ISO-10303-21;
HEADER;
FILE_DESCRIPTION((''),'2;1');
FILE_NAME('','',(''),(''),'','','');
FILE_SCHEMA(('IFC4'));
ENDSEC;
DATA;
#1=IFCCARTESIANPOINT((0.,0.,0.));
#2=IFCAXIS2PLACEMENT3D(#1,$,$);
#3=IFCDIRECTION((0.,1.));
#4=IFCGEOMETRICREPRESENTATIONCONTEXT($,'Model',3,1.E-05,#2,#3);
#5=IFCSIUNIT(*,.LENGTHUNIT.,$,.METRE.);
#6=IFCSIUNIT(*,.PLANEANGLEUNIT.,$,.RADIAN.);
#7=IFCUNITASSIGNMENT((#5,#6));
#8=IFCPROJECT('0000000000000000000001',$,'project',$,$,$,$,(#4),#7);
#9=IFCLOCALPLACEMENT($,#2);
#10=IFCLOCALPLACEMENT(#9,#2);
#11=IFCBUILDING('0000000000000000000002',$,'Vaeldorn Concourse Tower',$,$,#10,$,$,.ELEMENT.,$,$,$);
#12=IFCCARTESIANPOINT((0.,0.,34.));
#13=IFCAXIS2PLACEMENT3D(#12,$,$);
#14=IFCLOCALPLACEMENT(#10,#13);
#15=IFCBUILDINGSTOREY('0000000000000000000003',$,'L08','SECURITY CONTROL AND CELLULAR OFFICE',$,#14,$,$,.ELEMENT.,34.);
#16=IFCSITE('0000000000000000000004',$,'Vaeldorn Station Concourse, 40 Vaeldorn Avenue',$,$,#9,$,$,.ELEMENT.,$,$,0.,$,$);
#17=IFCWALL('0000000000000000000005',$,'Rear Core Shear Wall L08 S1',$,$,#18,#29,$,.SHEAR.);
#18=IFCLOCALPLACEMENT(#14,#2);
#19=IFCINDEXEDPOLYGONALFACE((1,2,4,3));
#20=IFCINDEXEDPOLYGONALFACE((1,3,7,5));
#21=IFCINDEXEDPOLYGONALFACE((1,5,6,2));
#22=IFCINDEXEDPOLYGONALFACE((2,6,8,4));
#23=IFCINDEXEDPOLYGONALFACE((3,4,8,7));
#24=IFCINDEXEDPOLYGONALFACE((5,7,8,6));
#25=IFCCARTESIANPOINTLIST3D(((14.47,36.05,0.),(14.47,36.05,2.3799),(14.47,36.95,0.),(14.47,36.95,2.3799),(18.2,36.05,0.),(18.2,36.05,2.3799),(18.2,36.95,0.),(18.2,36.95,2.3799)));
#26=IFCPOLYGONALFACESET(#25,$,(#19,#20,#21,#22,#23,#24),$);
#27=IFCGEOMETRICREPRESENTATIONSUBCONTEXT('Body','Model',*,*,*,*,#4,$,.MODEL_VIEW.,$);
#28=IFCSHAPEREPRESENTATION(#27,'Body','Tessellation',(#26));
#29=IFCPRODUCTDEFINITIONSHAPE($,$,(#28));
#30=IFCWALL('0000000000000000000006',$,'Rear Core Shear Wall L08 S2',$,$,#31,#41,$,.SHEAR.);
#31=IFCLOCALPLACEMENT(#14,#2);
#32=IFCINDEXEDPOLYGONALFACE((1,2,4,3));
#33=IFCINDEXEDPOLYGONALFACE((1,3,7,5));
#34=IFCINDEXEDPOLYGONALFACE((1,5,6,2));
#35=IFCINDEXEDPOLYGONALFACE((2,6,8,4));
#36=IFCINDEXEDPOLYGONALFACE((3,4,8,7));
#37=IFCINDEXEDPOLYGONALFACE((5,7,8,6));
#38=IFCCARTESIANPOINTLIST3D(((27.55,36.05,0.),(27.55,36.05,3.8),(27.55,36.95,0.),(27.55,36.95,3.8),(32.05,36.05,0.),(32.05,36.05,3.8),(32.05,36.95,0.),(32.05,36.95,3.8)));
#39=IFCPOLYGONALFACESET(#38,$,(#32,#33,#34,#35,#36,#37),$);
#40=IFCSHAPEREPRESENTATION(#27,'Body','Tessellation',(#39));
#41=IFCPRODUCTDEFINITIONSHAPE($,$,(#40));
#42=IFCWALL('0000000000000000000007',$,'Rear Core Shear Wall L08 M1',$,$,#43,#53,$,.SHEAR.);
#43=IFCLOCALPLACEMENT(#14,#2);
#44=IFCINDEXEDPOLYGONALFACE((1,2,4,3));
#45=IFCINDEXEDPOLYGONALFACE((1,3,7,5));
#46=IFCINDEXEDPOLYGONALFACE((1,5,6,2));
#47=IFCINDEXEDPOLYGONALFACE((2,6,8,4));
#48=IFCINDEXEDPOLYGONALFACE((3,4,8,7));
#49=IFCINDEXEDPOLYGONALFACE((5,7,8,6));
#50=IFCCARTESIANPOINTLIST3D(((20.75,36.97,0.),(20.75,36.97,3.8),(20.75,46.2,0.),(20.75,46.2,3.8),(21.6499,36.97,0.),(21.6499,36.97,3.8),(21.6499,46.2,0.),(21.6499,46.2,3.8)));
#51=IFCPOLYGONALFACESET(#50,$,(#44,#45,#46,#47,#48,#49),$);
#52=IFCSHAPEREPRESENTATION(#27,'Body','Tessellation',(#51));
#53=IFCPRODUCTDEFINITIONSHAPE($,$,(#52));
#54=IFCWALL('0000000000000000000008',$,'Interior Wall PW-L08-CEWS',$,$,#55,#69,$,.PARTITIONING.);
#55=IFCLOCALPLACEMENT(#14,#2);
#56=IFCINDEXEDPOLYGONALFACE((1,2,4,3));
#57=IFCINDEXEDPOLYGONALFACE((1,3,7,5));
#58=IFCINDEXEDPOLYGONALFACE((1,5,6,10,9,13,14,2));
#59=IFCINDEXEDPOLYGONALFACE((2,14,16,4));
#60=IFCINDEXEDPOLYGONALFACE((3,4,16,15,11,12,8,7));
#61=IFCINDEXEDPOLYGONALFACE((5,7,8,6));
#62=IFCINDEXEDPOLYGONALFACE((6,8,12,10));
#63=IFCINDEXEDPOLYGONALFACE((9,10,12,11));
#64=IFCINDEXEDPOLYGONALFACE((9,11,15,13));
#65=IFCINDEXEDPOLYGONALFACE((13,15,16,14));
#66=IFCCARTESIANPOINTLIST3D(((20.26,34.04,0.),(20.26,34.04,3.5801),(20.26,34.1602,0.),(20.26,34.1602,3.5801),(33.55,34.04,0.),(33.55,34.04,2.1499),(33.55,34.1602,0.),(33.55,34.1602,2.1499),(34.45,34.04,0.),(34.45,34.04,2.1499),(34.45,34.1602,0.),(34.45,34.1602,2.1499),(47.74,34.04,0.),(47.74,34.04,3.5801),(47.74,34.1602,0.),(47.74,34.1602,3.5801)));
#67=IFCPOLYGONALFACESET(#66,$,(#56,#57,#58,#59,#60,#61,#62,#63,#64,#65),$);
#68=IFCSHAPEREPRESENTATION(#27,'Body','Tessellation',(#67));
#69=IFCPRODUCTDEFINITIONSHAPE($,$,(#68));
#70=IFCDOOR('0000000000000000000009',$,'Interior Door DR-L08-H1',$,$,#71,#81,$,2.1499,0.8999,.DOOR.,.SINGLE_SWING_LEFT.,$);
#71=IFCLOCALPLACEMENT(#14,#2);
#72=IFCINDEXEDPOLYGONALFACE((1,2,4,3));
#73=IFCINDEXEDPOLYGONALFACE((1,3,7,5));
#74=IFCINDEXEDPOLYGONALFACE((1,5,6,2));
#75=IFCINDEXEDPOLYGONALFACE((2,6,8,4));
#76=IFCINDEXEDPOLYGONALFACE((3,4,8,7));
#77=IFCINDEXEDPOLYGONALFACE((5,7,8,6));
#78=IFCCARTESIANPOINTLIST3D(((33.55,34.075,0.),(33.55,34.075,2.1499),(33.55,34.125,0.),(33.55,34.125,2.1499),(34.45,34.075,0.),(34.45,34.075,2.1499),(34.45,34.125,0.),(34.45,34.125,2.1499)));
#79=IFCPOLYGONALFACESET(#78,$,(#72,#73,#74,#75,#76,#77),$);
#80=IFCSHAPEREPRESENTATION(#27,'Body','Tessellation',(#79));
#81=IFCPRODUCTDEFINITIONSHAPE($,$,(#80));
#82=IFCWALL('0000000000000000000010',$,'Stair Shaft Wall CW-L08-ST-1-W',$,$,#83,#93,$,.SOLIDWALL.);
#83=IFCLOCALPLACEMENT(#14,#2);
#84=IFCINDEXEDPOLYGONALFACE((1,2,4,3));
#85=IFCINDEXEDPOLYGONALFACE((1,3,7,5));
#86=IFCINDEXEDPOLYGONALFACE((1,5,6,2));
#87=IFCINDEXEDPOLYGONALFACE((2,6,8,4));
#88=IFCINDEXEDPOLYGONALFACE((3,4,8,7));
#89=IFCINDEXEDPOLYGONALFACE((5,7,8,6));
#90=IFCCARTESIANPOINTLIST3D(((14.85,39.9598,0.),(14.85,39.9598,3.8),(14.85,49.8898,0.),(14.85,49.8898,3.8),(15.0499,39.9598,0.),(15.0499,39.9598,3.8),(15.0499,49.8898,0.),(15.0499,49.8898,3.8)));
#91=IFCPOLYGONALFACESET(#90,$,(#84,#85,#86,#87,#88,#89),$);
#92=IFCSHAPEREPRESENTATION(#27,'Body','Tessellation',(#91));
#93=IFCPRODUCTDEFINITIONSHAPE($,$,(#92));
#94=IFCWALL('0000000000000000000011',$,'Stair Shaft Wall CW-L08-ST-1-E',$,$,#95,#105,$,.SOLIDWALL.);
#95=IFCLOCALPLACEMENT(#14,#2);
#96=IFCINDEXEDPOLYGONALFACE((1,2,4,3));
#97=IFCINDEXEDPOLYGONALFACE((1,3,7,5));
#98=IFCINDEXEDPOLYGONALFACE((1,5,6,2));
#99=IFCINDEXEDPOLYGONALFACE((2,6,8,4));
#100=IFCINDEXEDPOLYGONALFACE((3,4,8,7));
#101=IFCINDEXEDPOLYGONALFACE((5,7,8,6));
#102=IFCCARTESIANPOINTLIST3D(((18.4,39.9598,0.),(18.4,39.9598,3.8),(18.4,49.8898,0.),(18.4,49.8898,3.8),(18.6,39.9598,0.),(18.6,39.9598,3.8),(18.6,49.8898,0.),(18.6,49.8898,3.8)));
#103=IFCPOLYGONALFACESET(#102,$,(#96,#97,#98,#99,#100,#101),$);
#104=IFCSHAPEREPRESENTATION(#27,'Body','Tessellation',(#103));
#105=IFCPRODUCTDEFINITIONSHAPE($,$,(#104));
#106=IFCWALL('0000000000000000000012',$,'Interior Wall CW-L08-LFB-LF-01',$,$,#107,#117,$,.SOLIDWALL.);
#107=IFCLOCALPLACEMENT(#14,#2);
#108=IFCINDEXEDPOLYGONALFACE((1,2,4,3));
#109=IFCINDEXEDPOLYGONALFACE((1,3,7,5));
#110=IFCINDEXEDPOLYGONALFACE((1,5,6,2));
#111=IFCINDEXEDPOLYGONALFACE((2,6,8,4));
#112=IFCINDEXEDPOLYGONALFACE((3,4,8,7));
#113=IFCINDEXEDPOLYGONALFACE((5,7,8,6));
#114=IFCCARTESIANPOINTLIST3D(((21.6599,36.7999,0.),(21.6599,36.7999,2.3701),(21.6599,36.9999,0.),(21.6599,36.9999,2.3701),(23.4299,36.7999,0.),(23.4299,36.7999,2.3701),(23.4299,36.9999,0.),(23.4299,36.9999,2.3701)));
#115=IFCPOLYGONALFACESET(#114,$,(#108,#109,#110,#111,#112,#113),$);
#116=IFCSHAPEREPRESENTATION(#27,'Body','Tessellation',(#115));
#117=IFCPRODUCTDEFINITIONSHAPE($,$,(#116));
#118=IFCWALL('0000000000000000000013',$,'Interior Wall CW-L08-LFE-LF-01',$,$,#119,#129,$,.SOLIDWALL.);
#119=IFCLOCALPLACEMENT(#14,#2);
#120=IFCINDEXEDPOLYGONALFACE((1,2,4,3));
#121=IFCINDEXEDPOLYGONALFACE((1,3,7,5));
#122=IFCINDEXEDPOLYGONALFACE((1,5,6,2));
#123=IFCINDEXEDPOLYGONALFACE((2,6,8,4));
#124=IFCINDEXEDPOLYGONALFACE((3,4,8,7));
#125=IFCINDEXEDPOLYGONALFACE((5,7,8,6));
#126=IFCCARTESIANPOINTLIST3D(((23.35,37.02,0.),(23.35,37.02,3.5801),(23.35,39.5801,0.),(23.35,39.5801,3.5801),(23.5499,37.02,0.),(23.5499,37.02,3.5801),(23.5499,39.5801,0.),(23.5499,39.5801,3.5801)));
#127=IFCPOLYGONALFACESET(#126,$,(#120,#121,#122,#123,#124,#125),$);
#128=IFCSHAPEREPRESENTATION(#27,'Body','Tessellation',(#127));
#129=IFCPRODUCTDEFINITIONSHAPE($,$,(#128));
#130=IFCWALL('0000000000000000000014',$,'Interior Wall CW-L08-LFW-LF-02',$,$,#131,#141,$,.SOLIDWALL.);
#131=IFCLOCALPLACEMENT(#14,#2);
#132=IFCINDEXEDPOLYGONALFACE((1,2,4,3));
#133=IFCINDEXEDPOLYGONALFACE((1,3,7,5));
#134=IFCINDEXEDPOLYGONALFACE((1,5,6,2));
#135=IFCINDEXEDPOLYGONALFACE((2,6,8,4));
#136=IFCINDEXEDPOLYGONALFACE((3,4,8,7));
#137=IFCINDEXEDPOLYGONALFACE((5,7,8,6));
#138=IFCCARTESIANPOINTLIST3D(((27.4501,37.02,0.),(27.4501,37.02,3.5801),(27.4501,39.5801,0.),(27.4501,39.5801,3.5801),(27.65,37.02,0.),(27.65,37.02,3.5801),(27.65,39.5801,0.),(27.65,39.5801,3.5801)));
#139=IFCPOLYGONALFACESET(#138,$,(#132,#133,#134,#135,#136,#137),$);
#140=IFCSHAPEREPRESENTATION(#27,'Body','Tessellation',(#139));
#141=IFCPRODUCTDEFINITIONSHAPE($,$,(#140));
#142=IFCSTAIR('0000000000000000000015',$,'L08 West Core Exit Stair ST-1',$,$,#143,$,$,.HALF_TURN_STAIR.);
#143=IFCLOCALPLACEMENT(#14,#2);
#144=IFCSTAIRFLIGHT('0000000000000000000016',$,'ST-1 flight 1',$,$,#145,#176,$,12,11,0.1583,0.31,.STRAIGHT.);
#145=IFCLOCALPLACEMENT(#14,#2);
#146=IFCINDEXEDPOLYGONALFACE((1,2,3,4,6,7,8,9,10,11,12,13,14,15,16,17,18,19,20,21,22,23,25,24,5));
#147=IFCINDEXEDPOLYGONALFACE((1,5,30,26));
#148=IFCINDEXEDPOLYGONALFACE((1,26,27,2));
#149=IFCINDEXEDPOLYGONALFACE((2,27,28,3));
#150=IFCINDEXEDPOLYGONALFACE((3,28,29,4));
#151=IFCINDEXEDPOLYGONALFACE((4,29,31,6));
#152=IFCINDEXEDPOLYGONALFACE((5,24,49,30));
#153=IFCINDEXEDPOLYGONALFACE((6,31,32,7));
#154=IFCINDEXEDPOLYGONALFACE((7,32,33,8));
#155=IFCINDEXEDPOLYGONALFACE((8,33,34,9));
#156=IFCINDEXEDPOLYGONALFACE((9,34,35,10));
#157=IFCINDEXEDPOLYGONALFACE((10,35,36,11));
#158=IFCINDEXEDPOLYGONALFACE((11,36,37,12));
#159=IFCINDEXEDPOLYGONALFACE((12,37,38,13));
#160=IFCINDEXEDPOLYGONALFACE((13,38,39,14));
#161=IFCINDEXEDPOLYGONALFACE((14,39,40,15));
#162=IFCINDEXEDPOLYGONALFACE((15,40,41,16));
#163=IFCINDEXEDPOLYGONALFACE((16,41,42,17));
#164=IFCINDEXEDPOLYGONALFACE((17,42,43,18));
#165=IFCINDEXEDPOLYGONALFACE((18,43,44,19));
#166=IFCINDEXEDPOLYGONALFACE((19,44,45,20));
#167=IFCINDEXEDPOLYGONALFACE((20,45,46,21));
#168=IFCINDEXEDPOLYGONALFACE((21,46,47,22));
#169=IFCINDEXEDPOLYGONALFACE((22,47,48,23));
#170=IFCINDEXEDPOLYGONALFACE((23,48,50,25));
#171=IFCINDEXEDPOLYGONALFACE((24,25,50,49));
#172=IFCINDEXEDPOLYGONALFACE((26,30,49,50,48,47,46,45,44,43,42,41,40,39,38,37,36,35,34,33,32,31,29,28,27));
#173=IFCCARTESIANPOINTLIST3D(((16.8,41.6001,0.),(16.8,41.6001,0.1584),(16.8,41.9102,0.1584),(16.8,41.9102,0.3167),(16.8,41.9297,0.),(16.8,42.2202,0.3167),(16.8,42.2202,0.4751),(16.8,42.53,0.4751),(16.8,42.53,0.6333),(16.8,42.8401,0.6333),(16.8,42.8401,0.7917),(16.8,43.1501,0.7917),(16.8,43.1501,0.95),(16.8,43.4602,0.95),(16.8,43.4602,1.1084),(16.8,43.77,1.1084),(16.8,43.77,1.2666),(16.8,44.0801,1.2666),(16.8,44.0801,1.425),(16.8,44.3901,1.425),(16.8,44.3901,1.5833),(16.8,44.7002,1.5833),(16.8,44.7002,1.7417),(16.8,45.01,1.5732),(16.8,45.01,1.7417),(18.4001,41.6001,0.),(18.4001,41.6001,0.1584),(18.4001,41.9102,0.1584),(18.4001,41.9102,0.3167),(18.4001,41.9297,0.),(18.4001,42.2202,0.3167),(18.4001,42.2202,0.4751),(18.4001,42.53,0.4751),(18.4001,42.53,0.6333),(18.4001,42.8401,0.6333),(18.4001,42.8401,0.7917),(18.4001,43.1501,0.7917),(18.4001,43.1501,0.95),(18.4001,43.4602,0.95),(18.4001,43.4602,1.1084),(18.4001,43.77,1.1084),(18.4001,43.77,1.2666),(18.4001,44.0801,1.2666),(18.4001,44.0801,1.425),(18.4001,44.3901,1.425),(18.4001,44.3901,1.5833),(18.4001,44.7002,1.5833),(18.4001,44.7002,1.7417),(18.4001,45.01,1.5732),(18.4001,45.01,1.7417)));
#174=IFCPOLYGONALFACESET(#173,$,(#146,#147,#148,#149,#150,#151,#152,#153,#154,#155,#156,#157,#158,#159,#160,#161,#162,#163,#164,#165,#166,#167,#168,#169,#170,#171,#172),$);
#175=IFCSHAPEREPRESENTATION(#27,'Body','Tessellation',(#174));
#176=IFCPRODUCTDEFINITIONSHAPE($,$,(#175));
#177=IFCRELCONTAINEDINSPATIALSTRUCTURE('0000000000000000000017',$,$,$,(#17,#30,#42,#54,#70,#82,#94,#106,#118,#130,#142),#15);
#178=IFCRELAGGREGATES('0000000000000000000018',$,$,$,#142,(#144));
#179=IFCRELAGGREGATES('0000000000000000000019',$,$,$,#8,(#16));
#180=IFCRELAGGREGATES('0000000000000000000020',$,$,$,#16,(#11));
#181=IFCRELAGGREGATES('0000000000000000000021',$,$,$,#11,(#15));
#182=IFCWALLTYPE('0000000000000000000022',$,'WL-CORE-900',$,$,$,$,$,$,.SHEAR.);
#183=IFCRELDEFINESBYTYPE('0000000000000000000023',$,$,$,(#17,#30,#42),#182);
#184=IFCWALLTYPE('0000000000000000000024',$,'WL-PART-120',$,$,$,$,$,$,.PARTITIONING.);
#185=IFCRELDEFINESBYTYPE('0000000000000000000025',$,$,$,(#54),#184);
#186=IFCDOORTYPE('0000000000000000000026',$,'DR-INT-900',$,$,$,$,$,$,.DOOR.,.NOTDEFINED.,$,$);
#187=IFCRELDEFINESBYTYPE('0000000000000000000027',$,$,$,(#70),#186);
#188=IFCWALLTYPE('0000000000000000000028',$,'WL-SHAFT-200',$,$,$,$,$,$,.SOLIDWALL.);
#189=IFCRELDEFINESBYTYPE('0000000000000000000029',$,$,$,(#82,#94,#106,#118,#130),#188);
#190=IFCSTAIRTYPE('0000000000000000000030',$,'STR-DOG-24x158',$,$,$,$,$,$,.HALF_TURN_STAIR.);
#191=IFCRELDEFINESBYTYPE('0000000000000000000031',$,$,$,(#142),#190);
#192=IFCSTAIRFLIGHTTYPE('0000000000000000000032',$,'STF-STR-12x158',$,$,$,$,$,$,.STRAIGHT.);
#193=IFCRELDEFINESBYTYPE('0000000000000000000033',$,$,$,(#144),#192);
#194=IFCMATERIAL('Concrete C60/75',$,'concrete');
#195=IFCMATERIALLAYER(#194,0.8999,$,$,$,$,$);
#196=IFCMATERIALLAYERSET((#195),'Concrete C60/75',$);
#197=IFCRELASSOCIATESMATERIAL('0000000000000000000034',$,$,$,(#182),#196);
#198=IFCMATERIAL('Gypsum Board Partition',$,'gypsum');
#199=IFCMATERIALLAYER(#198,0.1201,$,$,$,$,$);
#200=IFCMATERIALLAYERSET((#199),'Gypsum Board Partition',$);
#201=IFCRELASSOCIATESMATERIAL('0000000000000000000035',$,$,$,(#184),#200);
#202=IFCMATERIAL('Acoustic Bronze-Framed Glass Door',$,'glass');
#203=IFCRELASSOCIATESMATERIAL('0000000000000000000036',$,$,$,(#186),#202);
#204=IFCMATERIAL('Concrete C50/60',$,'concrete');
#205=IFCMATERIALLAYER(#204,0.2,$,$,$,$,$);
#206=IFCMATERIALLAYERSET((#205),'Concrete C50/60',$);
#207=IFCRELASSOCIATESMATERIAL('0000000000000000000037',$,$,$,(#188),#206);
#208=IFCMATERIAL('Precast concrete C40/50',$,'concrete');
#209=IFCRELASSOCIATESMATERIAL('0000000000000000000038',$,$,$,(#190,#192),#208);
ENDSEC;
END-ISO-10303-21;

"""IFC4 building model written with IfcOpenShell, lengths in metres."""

from ifc_helpers import new_model, si_unit, direction, frame, frame_2d, origin, place, context, subcontext, project, spatial, polyline, rectangle, outline, extrude, source, transform, mapped, material, layer, layer_set, type_object, element, fill, aggregate, save


model = new_model("IFC4")

# Units and contexts
model_context = context("Model", 3, precision=1e-05, world=origin(), true_north=direction((0.0, 1.0)))
body_context = subcontext(model_context, "Body", "Model", "MODEL_VIEW")
ifc_project = project(units=[si_unit("LENGTHUNIT", "METRE"), si_unit("PLANEANGLEUNIT", "RADIAN")], contexts=[model_context])

# Site, building, storey
site_placement = place(None, origin())
site = spatial("IfcSite", under=ifc_project, at=site_placement, Name="Vaeldorn Station Concourse, 40 Vaeldorn Avenue", CompositionType="ELEMENT", RefElevation=0.0)
building_placement = place(site_placement, origin())
building = spatial("IfcBuilding", under=site, at=building_placement, Name="Vaeldorn Concourse Tower", CompositionType="ELEMENT")
storey_placement = place(building_placement, frame((0.0, 0.0, 34.0)))
storey = spatial("IfcBuildingStorey", under=building, at=storey_placement, Name="L08", Description="SECURITY CONTROL AND CELLULAR OFFICE", CompositionType="ELEMENT", Elevation=34.0)

# Walls
ifc_material_1 = material(Name="Concrete C60/75", Category="concrete")
ifc_layer_1 = layer(ifc_material_1, 0.8999)
ifc_layer_set_1 = layer_set([ifc_layer_1], Name="Concrete C60/75")
wall_type_1 = type_object("IfcWallType", Name="WL-CORE-900", PredefinedType="SHEAR", material=ifc_layer_set_1)
wall_1_placement = place(storey_placement, frame((14.47, 36.5, 0.0), z_axis=(0.0, 0.0, 1.0), x_axis=(1.0, 0.0, 0.0)))
element("IfcWall", 1, at=wall_1_placement, inside=storey, type_object=wall_type_1, Name="Rear Core Shear Wall L08 S1", PredefinedType="SHEAR", context=body_context, shape_type="SweptSolid", body=[
    extrude(rectangle(XDim=3.73, YDim=0.8999, at=frame_2d((1.865, 0.0))), origin(), (0.0, 0.0, 1.0), 2.3799),
])
wall_2_placement = place(storey_placement, frame((27.55, 36.5, 0.0), z_axis=(0.0, 0.0, 1.0), x_axis=(1.0, 0.0, 0.0)))
element("IfcWall", 2, at=wall_2_placement, inside=storey, type_object=wall_type_1, Name="Rear Core Shear Wall L08 S2", PredefinedType="SHEAR", context=body_context, shape_type="SweptSolid", body=[
    extrude(rectangle(XDim=4.5, YDim=0.8999, at=frame_2d((2.25, 0.0))), origin(), (0.0, 0.0, 1.0), 3.8),
])
wall_3_placement = place(storey_placement, frame((21.2, 36.97, 0.0), z_axis=(0.0, 0.0, 1.0), x_axis=(0.0, 1.0, 0.0)))
element("IfcWall", 3, at=wall_3_placement, inside=storey, type_object=wall_type_1, Name="Rear Core Shear Wall L08 M1", PredefinedType="SHEAR", context=body_context, shape_type="SweptSolid", body=[
    extrude(rectangle(XDim=9.23, YDim=0.8999, at=frame_2d((4.615, 0.0))), origin(), (0.0, 0.0, 1.0), 3.8),
])

# Wall, opening, door
ifc_material_2 = material(Name="Gypsum Board Partition", Category="gypsum")
ifc_layer_2 = layer(ifc_material_2, 0.1201)
ifc_layer_set_2 = layer_set([ifc_layer_2], Name="Gypsum Board Partition")
wall_type_2 = type_object("IfcWallType", Name="WL-PART-120", PredefinedType="PARTITIONING", material=ifc_layer_set_2)
wall_4_placement = place(storey_placement, frame((20.26, 34.1001, 0.0), z_axis=(0.0, 0.0, 1.0), x_axis=(1.0, 0.0, 0.0)))
wall_4 = element("IfcWall", 4, at=wall_4_placement, inside=storey, type_object=wall_type_2, Name="Interior Wall PW-L08-CEWS", PredefinedType="PARTITIONING", context=body_context, shape_type="SweptSolid", body=[
    extrude(rectangle(XDim=27.48, YDim=0.1201, at=frame_2d((13.74, 0.0))), origin(), (0.0, 0.0, 1.0), 3.5801),
])
opening_1_placement = place(wall_4_placement, frame((13.29, 0.0, 0.0)))
opening_1 = element("IfcOpeningElement", 5, at=opening_1_placement, cuts=wall_4, PredefinedType="OPENING", context=body_context, shape_type="SweptSolid", body=[
    extrude(rectangle(XDim=0.8999, YDim=2.1499, at=frame_2d((0.45, 1.075))), frame((0.0, 0.0701, 0.0), z_axis=(0.0, -1.0, 0.0), x_axis=(1.0, 0.0, 0.0)), (0.0, 0.0, 1.0), 0.1401),
])
ifc_material_3 = material(Name="Acoustic Bronze-Framed Glass Door", Category="glass")
door_type_1 = type_object("IfcDoorType", Name="DR-INT-900", OperationType="NOTDEFINED", PredefinedType="DOOR", material=ifc_material_3)
shared_shape_1 = source(origin(), body_context, "Body", "SweptSolid", [
    extrude(rectangle(XDim=0.8999, YDim=2.1499, at=frame_2d((0.45, 1.075))), frame((0.0, 0.0249, 0.0), z_axis=(0.0, -1.0, 0.0), x_axis=(1.0, 0.0, 0.0)), (0.0, 0.0, 1.0), 0.05),
])
door_1_placement = place(opening_1_placement, origin())
door_1 = element("IfcDoor", 6, at=door_1_placement, inside=storey, type_object=door_type_1, Name="Interior Door DR-L08-H1", OperationType="SINGLE_SWING_LEFT", OverallHeight=2.1499, OverallWidth=0.8999, PredefinedType="DOOR", context=body_context, shape_type="MappedRepresentation", body=[
    mapped(shared_shape_1, transform((0.0, 0.0, 0.0), scale=1.0)),
])
fill(opening_1, door_1)

# Walls
ifc_material_4 = material(Name="Concrete C50/60", Category="concrete")
ifc_layer_3 = layer(ifc_material_4, 0.2)
ifc_layer_set_3 = layer_set([ifc_layer_3], Name="Concrete C50/60")
wall_type_3 = type_object("IfcWallType", Name="WL-SHAFT-200", PredefinedType="SOLIDWALL", material=ifc_layer_set_3)
for number, where, z_axis, x_axis, name in (
    (7, (14.95, 39.96, 0.0), (0.0, 0.0, 1.0), (0.0, 1.0, 0.0), "Stair Shaft Wall CW-L08-ST-1-W"),
    (8, (18.5, 39.96, 0.0), (0.0, 0.0, 1.0), (0.0, 1.0, 0.0), "Stair Shaft Wall CW-L08-ST-1-E"),
):
    element("IfcWall", number, at=place(storey_placement, frame(where, z_axis=z_axis, x_axis=x_axis)), inside=storey, type_object=wall_type_3, Name=name, PredefinedType="SOLIDWALL", context=body_context, shape_type="SweptSolid", body=[
        extrude(rectangle(XDim=9.9299, YDim=0.2, at=frame_2d((4.9648, 0.0))), origin(), (0.0, 0.0, 1.0), 3.8),
    ])

# Walls
wall_5_placement = place(storey_placement, frame((21.6599, 36.8999, 0.0), z_axis=(0.0, 0.0, 1.0), x_axis=(1.0, 0.0, 0.0)))
element("IfcWall", 9, at=wall_5_placement, inside=storey, type_object=wall_type_3, Name="Interior Wall CW-L08-LFB-LF-01", PredefinedType="SOLIDWALL", context=body_context, shape_type="SweptSolid", body=[
    extrude(rectangle(XDim=1.77, YDim=0.2, at=frame_2d((0.885, 0.0))), origin(), (0.0, 0.0, 1.0), 2.3701),
])
wall_6_placement = place(storey_placement, frame((23.45, 37.02, 0.0), z_axis=(0.0, 0.0, 1.0), x_axis=(0.0, 1.0, 0.0)))
element("IfcWall", 10, at=wall_6_placement, inside=storey, type_object=wall_type_3, Name="Interior Wall CW-L08-LFE-LF-01", PredefinedType="SOLIDWALL", context=body_context, shape_type="SweptSolid", body=[
    extrude(rectangle(XDim=2.5601, YDim=0.2, at=frame_2d((1.28, 0.0))), origin(), (0.0, 0.0, 1.0), 3.5801),
])

# Wall
wall_7_placement = place(storey_placement, frame((27.55, 37.02, 0.0), z_axis=(0.0, 0.0, 1.0), x_axis=(0.0, 1.0, 0.0)))
element("IfcWall", 11, at=wall_7_placement, inside=storey, type_object=wall_type_3, Name="Interior Wall CW-L08-LFW-LF-02", PredefinedType="SOLIDWALL", context=body_context, shape_type="SweptSolid", body=[
    extrude(rectangle(XDim=2.5601, YDim=0.2, at=frame_2d((1.28, 0.0))), origin(), (0.0, 0.0, 1.0), 3.5801),
])

# Stair, stair flight
ifc_material_5 = material(Name="Precast concrete C40/50", Category="concrete")
stair_type = type_object("IfcStairType", Name="STR-DOG-24x158", PredefinedType="HALF_TURN_STAIR", material=ifc_material_5)
stair_placement = place(storey_placement, origin())
stair = element("IfcStair", 12, at=stair_placement, inside=storey, type_object=stair_type, Name="L08 West Core Exit Stair ST-1", PredefinedType="HALF_TURN_STAIR")
stair_flight_type = type_object("IfcStairFlightType", Name="STF-STR-12x158", PredefinedType="STRAIGHT", material=ifc_material_5)
stair_flight_placement = place(storey_placement, frame((17.6001, 41.6001, 0.0), z_axis=(0.0, 0.0, 1.0), x_axis=(0.0, 1.0, 0.0)))
stair_flight = element("IfcStairFlight", 13, at=stair_flight_placement, type_object=stair_flight_type, Name="ST-1 flight 1", NumberOfRisers=12, NumberOfTreads=11, PredefinedType="STRAIGHT", RiserHeight=0.1583, TreadLength=0.31, context=body_context, shape_type="SweptSolid", body=[
    extrude(outline(polyline([(0.0, 0.0), (0.0, 0.1584), (0.3101, 0.1584), (0.3101, 0.3167), (0.6201, 0.3167), (0.6201, 0.4751), (0.9299, 0.4751), (0.9299, 0.6333), (1.24, 0.6333), (1.24, 0.7917), (1.55, 0.7917), (1.55, 0.95), (1.8601, 0.95), (1.8601, 1.1084), (2.1699, 1.1084), (2.1699, 1.2666), (2.48, 1.2666), (2.48, 1.425), (2.79, 1.425), (2.79, 1.5833), (3.1001, 1.5833), (3.1001, 1.7417), (3.4099, 1.7417), (3.4099, 1.8999), (3.4099, 1.5732), (0.3296, 0.0), (0.0, 0.0)])), frame((0.0, 0.8, 0.0), z_axis=(0.0, -1.0, 0.0), x_axis=(1.0, 0.0, 0.0)), (0.0, 0.0, 1.0), 1.6001),
])
aggregate(stair, [stair_flight])

save(model, "model.ifc")
